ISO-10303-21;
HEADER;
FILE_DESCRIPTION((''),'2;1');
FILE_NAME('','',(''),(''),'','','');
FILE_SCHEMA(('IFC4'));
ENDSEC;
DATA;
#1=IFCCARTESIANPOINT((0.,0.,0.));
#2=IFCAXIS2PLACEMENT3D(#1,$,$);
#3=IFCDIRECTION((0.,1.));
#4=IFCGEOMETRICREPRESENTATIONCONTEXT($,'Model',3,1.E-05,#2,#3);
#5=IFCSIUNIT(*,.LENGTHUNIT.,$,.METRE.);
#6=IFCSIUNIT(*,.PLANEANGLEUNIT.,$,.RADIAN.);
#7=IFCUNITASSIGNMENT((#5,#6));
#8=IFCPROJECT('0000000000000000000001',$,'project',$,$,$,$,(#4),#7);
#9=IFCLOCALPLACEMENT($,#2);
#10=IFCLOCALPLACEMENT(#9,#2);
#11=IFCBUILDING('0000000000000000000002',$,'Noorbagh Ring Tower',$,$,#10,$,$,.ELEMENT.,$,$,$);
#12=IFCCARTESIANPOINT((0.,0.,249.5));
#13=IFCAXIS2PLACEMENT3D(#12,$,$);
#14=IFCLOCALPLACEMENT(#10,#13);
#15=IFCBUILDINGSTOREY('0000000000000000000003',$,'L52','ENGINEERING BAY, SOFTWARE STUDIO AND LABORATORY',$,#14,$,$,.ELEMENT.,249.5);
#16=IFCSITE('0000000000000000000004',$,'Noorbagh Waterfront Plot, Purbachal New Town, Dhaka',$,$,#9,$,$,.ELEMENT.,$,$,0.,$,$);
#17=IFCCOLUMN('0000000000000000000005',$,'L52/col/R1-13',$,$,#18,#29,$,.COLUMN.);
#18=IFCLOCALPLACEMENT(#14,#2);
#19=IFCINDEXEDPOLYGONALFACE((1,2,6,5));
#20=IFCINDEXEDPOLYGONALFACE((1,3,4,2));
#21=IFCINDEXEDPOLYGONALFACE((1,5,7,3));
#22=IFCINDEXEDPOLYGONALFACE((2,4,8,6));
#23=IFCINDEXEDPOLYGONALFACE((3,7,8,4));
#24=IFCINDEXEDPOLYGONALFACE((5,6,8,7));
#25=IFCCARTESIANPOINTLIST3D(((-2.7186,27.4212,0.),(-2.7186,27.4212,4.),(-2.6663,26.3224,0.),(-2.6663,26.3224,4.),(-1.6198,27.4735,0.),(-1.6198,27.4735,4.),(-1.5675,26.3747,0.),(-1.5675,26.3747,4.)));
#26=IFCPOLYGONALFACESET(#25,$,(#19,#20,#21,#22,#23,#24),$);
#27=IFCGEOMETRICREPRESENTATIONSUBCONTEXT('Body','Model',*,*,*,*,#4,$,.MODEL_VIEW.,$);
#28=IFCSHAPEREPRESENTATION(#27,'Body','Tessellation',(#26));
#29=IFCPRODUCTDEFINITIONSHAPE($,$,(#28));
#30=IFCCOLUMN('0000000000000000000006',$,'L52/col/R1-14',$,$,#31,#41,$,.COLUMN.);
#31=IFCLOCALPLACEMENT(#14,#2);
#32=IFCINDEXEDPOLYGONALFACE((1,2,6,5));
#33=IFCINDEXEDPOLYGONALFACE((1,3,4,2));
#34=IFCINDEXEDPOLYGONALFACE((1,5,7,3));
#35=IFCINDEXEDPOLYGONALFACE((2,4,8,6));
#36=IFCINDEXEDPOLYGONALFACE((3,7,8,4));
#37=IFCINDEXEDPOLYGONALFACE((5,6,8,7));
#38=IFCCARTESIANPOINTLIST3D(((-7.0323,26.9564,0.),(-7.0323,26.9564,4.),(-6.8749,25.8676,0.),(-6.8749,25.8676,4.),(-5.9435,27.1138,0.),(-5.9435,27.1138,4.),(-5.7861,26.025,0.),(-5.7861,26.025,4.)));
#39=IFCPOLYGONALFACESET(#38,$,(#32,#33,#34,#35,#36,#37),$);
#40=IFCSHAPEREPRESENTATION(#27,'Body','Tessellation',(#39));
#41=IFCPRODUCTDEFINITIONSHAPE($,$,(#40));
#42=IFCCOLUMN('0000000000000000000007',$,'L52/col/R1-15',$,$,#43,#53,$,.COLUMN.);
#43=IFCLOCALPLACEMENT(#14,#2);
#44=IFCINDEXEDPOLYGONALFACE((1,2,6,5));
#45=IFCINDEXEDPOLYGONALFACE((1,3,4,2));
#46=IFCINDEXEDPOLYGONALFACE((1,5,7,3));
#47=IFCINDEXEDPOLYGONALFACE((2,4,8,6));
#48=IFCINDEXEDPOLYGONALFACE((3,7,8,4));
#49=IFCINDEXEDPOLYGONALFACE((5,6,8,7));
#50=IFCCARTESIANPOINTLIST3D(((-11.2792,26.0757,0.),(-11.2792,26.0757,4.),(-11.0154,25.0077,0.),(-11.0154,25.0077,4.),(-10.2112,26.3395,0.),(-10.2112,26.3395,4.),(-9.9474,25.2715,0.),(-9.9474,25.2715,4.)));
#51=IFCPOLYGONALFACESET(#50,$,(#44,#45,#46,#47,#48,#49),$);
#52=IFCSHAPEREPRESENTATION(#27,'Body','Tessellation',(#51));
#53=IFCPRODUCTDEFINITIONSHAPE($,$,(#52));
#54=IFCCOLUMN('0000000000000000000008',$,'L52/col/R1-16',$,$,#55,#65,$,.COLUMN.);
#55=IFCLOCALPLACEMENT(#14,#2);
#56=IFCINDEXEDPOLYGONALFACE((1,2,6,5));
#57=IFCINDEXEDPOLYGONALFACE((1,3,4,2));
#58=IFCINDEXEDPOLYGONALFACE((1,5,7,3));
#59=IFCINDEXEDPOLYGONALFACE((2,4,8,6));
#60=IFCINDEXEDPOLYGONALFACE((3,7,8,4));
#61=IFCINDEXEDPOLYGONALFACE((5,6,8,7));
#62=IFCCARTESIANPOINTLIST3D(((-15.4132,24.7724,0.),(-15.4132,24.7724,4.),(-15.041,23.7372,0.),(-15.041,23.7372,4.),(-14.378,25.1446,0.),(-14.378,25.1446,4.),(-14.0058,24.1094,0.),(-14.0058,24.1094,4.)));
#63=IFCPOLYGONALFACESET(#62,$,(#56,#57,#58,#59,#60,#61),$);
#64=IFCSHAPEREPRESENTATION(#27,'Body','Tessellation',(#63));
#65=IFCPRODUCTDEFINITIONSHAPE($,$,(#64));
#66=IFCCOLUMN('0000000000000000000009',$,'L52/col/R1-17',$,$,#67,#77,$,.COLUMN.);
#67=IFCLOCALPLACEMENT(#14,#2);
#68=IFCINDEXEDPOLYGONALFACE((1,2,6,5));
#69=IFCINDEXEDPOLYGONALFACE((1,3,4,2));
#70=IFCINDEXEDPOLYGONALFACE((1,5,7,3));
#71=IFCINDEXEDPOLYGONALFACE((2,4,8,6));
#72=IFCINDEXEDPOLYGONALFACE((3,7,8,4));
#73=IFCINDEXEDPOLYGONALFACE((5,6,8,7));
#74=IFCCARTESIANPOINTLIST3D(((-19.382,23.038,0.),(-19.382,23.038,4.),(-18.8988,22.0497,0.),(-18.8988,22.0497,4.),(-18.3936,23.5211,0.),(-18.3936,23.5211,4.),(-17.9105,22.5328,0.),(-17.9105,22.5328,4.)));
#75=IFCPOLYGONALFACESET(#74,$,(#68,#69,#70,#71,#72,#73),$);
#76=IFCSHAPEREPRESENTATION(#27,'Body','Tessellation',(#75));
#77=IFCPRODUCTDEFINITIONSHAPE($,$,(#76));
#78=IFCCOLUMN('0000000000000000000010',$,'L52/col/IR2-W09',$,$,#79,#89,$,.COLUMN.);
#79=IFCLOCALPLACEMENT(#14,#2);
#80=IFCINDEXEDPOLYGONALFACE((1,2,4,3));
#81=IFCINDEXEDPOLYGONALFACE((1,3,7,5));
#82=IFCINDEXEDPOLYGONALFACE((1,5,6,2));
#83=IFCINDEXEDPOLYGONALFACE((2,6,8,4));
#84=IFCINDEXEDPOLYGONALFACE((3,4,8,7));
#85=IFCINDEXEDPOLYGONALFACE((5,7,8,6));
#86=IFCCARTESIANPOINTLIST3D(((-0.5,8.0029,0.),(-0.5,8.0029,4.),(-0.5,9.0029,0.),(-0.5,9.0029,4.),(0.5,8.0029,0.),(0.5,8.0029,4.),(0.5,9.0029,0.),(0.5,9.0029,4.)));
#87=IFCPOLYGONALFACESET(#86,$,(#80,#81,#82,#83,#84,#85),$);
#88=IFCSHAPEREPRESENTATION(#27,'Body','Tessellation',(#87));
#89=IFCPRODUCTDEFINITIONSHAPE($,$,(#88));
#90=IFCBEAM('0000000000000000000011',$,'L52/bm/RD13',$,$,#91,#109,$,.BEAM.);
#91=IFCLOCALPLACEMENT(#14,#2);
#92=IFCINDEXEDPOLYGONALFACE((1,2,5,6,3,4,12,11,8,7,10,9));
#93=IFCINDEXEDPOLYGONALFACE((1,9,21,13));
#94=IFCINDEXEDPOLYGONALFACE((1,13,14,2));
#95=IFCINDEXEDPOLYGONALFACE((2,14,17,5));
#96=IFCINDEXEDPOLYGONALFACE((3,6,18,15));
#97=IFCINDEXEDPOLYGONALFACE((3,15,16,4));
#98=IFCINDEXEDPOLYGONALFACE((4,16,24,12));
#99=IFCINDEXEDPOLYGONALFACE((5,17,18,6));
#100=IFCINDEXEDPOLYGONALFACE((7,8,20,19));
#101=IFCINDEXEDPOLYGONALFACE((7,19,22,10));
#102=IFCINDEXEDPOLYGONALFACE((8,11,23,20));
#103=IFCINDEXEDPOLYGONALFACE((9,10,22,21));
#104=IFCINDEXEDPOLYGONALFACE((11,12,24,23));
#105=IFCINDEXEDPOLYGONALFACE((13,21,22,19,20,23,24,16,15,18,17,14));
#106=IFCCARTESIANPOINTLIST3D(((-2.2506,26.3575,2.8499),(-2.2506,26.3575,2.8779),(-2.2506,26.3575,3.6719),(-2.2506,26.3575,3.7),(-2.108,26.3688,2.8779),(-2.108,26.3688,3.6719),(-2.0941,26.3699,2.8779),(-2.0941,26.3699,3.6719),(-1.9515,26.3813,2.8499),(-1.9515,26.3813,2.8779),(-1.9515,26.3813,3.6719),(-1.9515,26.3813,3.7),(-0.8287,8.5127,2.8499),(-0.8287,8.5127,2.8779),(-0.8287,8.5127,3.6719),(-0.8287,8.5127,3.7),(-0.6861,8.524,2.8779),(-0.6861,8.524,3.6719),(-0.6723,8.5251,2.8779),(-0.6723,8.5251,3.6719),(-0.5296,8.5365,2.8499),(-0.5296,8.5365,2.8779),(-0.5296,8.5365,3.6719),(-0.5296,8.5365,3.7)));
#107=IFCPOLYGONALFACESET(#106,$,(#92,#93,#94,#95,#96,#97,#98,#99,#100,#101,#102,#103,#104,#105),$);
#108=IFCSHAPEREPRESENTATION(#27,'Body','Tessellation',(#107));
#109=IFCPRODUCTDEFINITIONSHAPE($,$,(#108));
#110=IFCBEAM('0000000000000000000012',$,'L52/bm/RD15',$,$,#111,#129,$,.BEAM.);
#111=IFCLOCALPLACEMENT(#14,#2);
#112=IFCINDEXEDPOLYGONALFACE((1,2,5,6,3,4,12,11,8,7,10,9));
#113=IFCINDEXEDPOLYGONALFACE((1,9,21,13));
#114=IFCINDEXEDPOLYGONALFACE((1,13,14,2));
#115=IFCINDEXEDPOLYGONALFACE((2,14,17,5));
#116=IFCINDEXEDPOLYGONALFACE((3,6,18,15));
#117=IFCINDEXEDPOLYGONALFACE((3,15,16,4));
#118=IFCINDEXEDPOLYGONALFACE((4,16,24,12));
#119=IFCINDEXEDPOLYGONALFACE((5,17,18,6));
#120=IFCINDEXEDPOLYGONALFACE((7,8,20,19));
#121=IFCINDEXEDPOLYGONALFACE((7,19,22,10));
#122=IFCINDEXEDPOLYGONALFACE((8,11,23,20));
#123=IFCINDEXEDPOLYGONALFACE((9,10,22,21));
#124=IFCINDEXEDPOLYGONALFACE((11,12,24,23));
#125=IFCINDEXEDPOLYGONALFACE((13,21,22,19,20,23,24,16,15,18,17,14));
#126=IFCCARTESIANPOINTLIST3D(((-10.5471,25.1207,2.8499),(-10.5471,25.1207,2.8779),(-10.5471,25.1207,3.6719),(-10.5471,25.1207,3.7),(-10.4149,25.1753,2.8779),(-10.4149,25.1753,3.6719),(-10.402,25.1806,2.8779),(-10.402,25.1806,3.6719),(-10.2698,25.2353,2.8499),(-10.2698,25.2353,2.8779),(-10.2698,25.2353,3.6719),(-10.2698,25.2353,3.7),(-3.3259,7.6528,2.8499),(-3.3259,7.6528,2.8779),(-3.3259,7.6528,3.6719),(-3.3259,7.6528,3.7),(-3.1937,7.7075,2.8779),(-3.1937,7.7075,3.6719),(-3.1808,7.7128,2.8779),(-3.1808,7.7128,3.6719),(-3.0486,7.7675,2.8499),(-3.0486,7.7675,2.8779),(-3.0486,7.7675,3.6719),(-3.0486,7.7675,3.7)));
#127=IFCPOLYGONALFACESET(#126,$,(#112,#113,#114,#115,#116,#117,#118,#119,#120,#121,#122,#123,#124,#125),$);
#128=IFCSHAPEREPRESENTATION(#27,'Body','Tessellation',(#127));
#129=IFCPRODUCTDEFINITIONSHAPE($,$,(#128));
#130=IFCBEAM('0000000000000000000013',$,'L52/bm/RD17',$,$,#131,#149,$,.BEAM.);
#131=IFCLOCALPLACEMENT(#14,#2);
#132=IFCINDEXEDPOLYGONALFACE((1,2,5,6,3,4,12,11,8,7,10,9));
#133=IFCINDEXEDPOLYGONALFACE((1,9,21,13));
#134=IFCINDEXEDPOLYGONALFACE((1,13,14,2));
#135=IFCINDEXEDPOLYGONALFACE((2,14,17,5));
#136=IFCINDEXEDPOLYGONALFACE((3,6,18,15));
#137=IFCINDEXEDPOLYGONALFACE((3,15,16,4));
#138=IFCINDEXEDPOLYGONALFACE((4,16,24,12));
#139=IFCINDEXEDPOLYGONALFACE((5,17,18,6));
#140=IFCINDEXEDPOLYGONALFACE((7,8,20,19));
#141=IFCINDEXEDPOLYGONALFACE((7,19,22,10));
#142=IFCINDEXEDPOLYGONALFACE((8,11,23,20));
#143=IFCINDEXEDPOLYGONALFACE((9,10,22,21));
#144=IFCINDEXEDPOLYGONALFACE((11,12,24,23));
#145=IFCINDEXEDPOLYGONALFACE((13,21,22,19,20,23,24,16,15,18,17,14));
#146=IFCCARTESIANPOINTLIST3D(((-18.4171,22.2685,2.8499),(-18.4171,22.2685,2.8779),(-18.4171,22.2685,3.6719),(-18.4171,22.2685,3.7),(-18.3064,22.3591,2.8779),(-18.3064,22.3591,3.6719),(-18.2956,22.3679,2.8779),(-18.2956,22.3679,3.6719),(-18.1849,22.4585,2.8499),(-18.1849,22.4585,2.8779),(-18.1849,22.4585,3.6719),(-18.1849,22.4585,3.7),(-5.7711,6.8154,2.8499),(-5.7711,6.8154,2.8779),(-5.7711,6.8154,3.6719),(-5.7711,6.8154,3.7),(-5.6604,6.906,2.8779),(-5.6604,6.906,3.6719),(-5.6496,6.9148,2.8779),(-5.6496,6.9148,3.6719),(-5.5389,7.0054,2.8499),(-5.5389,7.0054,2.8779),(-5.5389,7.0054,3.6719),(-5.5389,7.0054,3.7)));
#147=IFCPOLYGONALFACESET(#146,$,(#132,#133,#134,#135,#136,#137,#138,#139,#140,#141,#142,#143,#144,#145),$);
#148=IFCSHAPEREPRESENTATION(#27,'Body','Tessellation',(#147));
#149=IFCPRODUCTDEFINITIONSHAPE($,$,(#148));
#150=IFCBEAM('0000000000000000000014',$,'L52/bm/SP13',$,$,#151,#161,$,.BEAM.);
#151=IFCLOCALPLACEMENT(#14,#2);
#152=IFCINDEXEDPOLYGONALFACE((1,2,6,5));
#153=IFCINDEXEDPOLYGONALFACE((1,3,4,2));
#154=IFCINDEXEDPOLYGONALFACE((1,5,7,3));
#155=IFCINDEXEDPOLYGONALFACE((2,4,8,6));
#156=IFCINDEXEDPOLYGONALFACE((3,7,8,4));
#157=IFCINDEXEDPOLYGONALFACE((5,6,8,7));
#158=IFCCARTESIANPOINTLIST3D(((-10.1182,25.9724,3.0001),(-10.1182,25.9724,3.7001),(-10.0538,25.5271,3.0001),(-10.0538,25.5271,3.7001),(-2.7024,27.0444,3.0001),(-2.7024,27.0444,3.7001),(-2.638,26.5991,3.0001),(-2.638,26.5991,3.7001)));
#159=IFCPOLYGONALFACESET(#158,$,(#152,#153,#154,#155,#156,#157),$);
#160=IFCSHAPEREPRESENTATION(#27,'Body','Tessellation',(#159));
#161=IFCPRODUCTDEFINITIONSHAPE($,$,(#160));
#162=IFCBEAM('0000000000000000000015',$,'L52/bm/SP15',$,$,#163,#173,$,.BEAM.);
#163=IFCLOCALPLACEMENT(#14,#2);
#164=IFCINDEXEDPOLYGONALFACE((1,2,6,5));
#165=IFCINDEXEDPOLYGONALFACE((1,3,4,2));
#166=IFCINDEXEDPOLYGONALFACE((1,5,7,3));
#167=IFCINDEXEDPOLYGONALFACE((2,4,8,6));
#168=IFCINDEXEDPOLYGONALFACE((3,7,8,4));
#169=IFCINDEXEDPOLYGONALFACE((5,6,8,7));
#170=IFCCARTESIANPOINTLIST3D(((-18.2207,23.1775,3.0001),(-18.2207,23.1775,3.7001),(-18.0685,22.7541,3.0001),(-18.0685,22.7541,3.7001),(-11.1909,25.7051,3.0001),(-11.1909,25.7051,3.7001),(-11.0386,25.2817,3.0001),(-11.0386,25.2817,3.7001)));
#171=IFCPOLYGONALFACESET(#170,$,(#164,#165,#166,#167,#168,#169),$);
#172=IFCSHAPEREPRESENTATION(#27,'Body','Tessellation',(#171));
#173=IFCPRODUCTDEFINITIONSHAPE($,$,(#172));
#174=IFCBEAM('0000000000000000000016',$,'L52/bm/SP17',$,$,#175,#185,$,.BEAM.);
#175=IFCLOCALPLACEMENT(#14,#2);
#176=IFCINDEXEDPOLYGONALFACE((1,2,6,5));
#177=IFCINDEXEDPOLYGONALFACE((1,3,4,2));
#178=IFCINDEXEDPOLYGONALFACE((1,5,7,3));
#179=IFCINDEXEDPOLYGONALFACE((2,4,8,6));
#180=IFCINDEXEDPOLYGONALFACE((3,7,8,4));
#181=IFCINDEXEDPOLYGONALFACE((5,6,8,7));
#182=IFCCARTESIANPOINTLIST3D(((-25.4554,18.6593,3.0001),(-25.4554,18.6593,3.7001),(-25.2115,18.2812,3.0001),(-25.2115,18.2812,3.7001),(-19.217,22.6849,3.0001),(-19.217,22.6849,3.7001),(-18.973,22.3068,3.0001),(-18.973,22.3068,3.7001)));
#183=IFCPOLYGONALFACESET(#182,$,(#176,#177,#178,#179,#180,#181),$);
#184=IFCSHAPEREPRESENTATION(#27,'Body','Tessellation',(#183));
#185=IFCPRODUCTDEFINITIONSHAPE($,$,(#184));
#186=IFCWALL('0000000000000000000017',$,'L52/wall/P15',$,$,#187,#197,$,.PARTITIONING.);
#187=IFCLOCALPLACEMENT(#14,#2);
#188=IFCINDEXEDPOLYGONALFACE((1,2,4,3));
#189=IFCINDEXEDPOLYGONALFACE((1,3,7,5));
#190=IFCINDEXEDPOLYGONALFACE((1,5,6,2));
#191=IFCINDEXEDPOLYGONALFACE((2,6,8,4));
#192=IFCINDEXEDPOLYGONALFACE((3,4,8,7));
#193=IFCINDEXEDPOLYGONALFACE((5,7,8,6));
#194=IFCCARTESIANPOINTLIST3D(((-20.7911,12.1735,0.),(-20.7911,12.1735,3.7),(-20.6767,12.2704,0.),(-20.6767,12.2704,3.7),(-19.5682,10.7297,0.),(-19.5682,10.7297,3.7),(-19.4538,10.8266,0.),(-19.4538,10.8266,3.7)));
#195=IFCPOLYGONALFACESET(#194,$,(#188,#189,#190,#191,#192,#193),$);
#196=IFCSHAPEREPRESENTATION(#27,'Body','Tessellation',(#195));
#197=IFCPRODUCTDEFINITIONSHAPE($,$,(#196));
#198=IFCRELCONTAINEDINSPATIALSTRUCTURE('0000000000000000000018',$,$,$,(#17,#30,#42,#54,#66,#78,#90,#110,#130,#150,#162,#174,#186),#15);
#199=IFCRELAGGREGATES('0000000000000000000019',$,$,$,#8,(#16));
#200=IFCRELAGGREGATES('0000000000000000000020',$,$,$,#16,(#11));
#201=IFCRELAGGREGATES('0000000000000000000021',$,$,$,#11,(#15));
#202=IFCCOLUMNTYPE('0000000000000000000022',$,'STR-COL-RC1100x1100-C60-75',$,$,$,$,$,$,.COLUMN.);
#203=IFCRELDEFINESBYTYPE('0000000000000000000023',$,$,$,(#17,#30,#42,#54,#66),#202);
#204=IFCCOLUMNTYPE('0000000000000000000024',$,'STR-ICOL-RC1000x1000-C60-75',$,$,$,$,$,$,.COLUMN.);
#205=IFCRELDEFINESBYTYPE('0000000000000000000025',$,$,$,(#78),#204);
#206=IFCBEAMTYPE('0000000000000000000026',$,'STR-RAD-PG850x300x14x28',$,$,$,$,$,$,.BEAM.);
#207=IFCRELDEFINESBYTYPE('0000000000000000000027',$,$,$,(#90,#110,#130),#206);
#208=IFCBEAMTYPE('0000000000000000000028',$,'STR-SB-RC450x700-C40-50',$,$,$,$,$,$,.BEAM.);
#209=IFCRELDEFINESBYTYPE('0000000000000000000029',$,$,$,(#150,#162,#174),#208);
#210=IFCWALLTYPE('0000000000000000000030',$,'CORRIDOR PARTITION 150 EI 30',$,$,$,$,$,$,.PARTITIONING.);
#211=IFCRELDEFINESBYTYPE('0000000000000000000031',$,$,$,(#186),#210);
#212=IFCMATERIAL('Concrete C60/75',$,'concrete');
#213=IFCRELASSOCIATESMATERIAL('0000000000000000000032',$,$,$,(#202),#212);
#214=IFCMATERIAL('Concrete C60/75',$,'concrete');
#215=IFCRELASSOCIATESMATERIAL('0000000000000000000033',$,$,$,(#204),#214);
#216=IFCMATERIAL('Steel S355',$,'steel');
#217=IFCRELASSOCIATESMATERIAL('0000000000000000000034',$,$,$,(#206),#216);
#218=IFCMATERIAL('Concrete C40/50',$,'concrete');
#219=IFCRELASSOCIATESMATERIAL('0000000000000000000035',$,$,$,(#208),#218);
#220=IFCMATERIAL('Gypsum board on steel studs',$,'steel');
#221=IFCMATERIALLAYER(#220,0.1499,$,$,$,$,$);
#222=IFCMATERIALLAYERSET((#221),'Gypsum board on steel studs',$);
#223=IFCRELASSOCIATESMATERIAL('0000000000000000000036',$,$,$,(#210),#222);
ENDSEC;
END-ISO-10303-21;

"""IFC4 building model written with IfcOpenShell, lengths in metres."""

from ifc_helpers import new_model, si_unit, direction, frame, frame_2d, origin, origin_2d, place, context, subcontext, project, spatial, rectangle, i_section, extrude, material, layer, layer_set, material_profile, profile_set, type_object, element, save


model = new_model("IFC4")

# Units and contexts
model_context = context("Model", 3, precision=1e-05, world=origin(), true_north=direction((0.0, 1.0)))
body_context = subcontext(model_context, "Body", "Model", "MODEL_VIEW")
ifc_project = project(units=[si_unit("LENGTHUNIT", "METRE"), si_unit("PLANEANGLEUNIT", "RADIAN")], contexts=[model_context])

# Site, building, storey
site_placement = place(None, origin())
site = spatial("IfcSite", under=ifc_project, at=site_placement, Name="Noorbagh Waterfront Plot, Purbachal New Town, Dhaka", CompositionType="ELEMENT", RefElevation=0.0)
building_placement = place(site_placement, origin())
building = spatial("IfcBuilding", under=site, at=building_placement, Name="Noorbagh Ring Tower", CompositionType="ELEMENT")
storey_placement = place(building_placement, frame((0.0, 0.0, 249.5)))
storey = spatial("IfcBuildingStorey", under=building, at=storey_placement, Name="L52", Description="ENGINEERING BAY, SOFTWARE STUDIO AND LABORATORY", CompositionType="ELEMENT", Elevation=249.5)

# Columns
ifc_material_1 = material(Name="Concrete C60/75", Category="concrete")
ifc_material_profile_1 = material_profile(ifc_material_1, rectangle(XDim=1.1001, YDim=1.1001, at=origin_2d()), Name="RC1100x1100")
ifc_profile_set_1 = profile_set([ifc_material_profile_1], Name="Concrete C60/75")
column_type_1 = type_object("IfcColumnType", Name="STR-COL-RC1100x1100-C60-75", PredefinedType="COLUMN", material=ifc_profile_set_1)
for number, where, z_axis, x_axis, name in (
    (1, (-2.1431, 26.8979, 0.0), (0.0, 0.0, 1.0), (-0.998869, -0.047553, 0.0), "L52/col/R1-13"),
    (2, (-6.4092, 26.4907, 0.0), (0.0, 0.0, 1.0), (-0.989713, -0.143066, 0.0), "L52/col/R1-14"),
    (3, (-10.6133, 25.6736, 0.0), (0.0, 0.0, 1.0), (-0.970829, -0.239771, 0.0), "L52/col/R1-15"),
    (4, (-14.7095, 24.4409, 0.0), (0.0, 0.0, 1.0), (-0.941025, -0.338338, 0.0), "L52/col/R1-16"),
    (5, (-18.6462, 22.7854, 0.0), (0.0, 0.0, 1.0), (-0.898399, -0.43918, 0.0), "L52/col/R1-17"),
):
    element("IfcColumn", number, at=place(storey_placement, frame(where, z_axis=z_axis, x_axis=x_axis)), inside=storey, type_object=column_type_1, Name=name, PredefinedType="COLUMN", context=body_context, shape_type="SweptSolid", body=[
        extrude(rectangle(XDim=1.1001, YDim=1.1001, at=origin_2d()), origin(), (0.0, 0.0, 1.0), 4.0),
    ])
ifc_material_2 = material(Name="Concrete C60/75", Category="concrete")
ifc_material_profile_2 = material_profile(ifc_material_2, rectangle(XDim=1.0, YDim=1.0, at=origin_2d()), Name="RC1000x1000")
ifc_profile_set_2 = profile_set([ifc_material_profile_2], Name="Concrete C60/75")
column_type_2 = type_object("IfcColumnType", Name="STR-ICOL-RC1000x1000-C60-75", PredefinedType="COLUMN", material=ifc_profile_set_2)
column_placement = place(storey_placement, frame((0.0, 8.5029, 0.0), z_axis=(0.0, 0.0, 1.0), x_axis=(-1.0, 0.0, 0.0)))
element("IfcColumn", 6, at=column_placement, inside=storey, type_object=column_type_2, Name="L52/col/IR2-W09", PredefinedType="COLUMN", context=body_context, shape_type="SweptSolid", body=[
    extrude(rectangle(XDim=1.0, YDim=1.0, at=origin_2d()), origin(), (0.0, 0.0, 1.0), 4.0),
])

# Beams
ifc_material_3 = material(Name="Steel S355", Category="steel")
ifc_material_profile_3 = material_profile(ifc_material_3, i_section(OverallWidth=0.3, OverallDepth=0.8501, WebThickness=0.0139, FlangeThickness=0.0281, at=origin_2d()), Name="PG850x300x14x28")
ifc_profile_set_3 = profile_set([ifc_material_profile_3], Name="Steel S355")
beam_type_1 = type_object("IfcBeamType", Name="STR-RAD-PG850x300x14x28", PredefinedType="BEAM", material=ifc_profile_set_3)
beam_1_placement = place(storey_placement, frame((-2.1011, 26.3694, 3.2749), z_axis=(0.079429, -0.996841, 0.0), x_axis=(0.996841, 0.079429, 0.0)))
element("IfcBeam", 7, at=beam_1_placement, inside=storey, type_object=beam_type_1, Name="L52/bm/RD13", PredefinedType="BEAM", context=body_context, shape_type="SweptSolid", body=[
    extrude(i_section(OverallWidth=0.3, OverallDepth=0.8501, WebThickness=0.0139, FlangeThickness=0.0281, at=origin_2d()), origin(), (0.0, 0.0, 1.0), 17.9014),
])
beam_2_placement = place(storey_placement, frame((-10.4084, 25.178, 3.2749), z_axis=(0.382042, -0.924145, 0.0), x_axis=(0.924145, 0.382042, 0.0)))
element("IfcBeam", 8, at=beam_2_placement, inside=storey, type_object=beam_type_1, Name="L52/bm/RD15", PredefinedType="BEAM", context=body_context, shape_type="SweptSolid", body=[
    extrude(i_section(OverallWidth=0.3, OverallDepth=0.8501, WebThickness=0.0139, FlangeThickness=0.0281, at=origin_2d()), origin(), (0.0, 0.0, 1.0), 18.9016),
])
beam_3_placement = place(storey_placement, frame((-18.301, 22.3635, 3.2749), z_axis=(0.633314, -0.773895, 0.0), x_axis=(0.773895, 0.633314, 0.0)))
element("IfcBeam", 9, at=beam_3_placement, inside=storey, type_object=beam_type_1, Name="L52/bm/RD17", PredefinedType="BEAM", context=body_context, shape_type="SweptSolid", body=[
    extrude(i_section(OverallWidth=0.3, OverallDepth=0.8501, WebThickness=0.0139, FlangeThickness=0.0281, at=origin_2d()), origin(), (0.0, 0.0, 1.0), 19.968),
])
ifc_material_4 = material(Name="Concrete C40/50", Category="concrete")
ifc_material_profile_4 = material_profile(ifc_material_4, rectangle(XDim=0.45, YDim=0.7, at=origin_2d()), Name="RC450x700")
ifc_profile_set_4 = profile_set([ifc_material_profile_4], Name="Concrete C40/50")
beam_type_2 = type_object("IfcBeamType", Name="STR-SB-RC450x700-C40-50", PredefinedType="BEAM", material=ifc_profile_set_4)
beam_4_placement = place(storey_placement, frame((-2.6702, 26.8218, 3.3501), z_axis=(-0.989712, -0.143072, 0.0), x_axis=(0.143072, -0.989712, 0.0)))
element("IfcBeam", 10, at=beam_4_placement, inside=storey, type_object=beam_type_2, Name="L52/bm/SP13", PredefinedType="BEAM", context=body_context, shape_type="SweptSolid", body=[
    extrude(rectangle(XDim=0.45, YDim=0.7, at=origin_2d()), origin(), (0.0, 0.0, 1.0), 7.4929),
])
beam_5_placement = place(storey_placement, frame((-11.1147, 25.4934, 3.3501), z_axis=(-0.941021, -0.338348, 0.0), x_axis=(0.338348, -0.941021, 0.0)))
element("IfcBeam", 11, at=beam_5_placement, inside=storey, type_object=beam_type_2, Name="L52/bm/SP15", PredefinedType="BEAM", context=body_context, shape_type="SweptSolid", body=[
    extrude(rectangle(XDim=0.45, YDim=0.7, at=origin_2d()), origin(), (0.0, 0.0, 1.0), 7.4705),
])
beam_6_placement = place(storey_placement, frame((-19.095, 22.4958, 3.3501), z_axis=(-0.840249, -0.542201, 0.0), x_axis=(0.542201, -0.840249, 0.0)))
element("IfcBeam", 12, at=beam_6_placement, inside=storey, type_object=beam_type_2, Name="L52/bm/SP17", PredefinedType="BEAM", context=body_context, shape_type="SweptSolid", body=[
    extrude(rectangle(XDim=0.45, YDim=0.7, at=origin_2d()), origin(), (0.0, 0.0, 1.0), 7.4246),
])

# Wall
ifc_material_5 = material(Name="Gypsum board on steel studs", Category="steel")
ifc_layer_1 = layer(ifc_material_5, 0.1499)
ifc_layer_set_1 = layer_set([ifc_layer_1], Name="Gypsum board on steel studs")
wall_type_1 = type_object("IfcWallType", Name="CORRIDOR PARTITION 150 EI 30", PredefinedType="PARTITIONING", material=ifc_layer_set_1)
wall_1_placement = place(storey_placement, frame((-20.7339, 12.2219, 0.0), z_axis=(0.0, 0.0, 1.0), x_axis=(0.646307, -0.763078, 0.0)))
element("IfcWall", 13, at=wall_1_placement, inside=storey, type_object=wall_type_1, Name="L52/wall/P15", PredefinedType="PARTITIONING", context=body_context, shape_type="SweptSolid", body=[
    extrude(rectangle(XDim=1.8921, YDim=0.1499, at=frame_2d((0.946, 0.0))), origin(), (0.0, 0.0, 1.0), 3.7),
])

save(model, "model.ifc")
